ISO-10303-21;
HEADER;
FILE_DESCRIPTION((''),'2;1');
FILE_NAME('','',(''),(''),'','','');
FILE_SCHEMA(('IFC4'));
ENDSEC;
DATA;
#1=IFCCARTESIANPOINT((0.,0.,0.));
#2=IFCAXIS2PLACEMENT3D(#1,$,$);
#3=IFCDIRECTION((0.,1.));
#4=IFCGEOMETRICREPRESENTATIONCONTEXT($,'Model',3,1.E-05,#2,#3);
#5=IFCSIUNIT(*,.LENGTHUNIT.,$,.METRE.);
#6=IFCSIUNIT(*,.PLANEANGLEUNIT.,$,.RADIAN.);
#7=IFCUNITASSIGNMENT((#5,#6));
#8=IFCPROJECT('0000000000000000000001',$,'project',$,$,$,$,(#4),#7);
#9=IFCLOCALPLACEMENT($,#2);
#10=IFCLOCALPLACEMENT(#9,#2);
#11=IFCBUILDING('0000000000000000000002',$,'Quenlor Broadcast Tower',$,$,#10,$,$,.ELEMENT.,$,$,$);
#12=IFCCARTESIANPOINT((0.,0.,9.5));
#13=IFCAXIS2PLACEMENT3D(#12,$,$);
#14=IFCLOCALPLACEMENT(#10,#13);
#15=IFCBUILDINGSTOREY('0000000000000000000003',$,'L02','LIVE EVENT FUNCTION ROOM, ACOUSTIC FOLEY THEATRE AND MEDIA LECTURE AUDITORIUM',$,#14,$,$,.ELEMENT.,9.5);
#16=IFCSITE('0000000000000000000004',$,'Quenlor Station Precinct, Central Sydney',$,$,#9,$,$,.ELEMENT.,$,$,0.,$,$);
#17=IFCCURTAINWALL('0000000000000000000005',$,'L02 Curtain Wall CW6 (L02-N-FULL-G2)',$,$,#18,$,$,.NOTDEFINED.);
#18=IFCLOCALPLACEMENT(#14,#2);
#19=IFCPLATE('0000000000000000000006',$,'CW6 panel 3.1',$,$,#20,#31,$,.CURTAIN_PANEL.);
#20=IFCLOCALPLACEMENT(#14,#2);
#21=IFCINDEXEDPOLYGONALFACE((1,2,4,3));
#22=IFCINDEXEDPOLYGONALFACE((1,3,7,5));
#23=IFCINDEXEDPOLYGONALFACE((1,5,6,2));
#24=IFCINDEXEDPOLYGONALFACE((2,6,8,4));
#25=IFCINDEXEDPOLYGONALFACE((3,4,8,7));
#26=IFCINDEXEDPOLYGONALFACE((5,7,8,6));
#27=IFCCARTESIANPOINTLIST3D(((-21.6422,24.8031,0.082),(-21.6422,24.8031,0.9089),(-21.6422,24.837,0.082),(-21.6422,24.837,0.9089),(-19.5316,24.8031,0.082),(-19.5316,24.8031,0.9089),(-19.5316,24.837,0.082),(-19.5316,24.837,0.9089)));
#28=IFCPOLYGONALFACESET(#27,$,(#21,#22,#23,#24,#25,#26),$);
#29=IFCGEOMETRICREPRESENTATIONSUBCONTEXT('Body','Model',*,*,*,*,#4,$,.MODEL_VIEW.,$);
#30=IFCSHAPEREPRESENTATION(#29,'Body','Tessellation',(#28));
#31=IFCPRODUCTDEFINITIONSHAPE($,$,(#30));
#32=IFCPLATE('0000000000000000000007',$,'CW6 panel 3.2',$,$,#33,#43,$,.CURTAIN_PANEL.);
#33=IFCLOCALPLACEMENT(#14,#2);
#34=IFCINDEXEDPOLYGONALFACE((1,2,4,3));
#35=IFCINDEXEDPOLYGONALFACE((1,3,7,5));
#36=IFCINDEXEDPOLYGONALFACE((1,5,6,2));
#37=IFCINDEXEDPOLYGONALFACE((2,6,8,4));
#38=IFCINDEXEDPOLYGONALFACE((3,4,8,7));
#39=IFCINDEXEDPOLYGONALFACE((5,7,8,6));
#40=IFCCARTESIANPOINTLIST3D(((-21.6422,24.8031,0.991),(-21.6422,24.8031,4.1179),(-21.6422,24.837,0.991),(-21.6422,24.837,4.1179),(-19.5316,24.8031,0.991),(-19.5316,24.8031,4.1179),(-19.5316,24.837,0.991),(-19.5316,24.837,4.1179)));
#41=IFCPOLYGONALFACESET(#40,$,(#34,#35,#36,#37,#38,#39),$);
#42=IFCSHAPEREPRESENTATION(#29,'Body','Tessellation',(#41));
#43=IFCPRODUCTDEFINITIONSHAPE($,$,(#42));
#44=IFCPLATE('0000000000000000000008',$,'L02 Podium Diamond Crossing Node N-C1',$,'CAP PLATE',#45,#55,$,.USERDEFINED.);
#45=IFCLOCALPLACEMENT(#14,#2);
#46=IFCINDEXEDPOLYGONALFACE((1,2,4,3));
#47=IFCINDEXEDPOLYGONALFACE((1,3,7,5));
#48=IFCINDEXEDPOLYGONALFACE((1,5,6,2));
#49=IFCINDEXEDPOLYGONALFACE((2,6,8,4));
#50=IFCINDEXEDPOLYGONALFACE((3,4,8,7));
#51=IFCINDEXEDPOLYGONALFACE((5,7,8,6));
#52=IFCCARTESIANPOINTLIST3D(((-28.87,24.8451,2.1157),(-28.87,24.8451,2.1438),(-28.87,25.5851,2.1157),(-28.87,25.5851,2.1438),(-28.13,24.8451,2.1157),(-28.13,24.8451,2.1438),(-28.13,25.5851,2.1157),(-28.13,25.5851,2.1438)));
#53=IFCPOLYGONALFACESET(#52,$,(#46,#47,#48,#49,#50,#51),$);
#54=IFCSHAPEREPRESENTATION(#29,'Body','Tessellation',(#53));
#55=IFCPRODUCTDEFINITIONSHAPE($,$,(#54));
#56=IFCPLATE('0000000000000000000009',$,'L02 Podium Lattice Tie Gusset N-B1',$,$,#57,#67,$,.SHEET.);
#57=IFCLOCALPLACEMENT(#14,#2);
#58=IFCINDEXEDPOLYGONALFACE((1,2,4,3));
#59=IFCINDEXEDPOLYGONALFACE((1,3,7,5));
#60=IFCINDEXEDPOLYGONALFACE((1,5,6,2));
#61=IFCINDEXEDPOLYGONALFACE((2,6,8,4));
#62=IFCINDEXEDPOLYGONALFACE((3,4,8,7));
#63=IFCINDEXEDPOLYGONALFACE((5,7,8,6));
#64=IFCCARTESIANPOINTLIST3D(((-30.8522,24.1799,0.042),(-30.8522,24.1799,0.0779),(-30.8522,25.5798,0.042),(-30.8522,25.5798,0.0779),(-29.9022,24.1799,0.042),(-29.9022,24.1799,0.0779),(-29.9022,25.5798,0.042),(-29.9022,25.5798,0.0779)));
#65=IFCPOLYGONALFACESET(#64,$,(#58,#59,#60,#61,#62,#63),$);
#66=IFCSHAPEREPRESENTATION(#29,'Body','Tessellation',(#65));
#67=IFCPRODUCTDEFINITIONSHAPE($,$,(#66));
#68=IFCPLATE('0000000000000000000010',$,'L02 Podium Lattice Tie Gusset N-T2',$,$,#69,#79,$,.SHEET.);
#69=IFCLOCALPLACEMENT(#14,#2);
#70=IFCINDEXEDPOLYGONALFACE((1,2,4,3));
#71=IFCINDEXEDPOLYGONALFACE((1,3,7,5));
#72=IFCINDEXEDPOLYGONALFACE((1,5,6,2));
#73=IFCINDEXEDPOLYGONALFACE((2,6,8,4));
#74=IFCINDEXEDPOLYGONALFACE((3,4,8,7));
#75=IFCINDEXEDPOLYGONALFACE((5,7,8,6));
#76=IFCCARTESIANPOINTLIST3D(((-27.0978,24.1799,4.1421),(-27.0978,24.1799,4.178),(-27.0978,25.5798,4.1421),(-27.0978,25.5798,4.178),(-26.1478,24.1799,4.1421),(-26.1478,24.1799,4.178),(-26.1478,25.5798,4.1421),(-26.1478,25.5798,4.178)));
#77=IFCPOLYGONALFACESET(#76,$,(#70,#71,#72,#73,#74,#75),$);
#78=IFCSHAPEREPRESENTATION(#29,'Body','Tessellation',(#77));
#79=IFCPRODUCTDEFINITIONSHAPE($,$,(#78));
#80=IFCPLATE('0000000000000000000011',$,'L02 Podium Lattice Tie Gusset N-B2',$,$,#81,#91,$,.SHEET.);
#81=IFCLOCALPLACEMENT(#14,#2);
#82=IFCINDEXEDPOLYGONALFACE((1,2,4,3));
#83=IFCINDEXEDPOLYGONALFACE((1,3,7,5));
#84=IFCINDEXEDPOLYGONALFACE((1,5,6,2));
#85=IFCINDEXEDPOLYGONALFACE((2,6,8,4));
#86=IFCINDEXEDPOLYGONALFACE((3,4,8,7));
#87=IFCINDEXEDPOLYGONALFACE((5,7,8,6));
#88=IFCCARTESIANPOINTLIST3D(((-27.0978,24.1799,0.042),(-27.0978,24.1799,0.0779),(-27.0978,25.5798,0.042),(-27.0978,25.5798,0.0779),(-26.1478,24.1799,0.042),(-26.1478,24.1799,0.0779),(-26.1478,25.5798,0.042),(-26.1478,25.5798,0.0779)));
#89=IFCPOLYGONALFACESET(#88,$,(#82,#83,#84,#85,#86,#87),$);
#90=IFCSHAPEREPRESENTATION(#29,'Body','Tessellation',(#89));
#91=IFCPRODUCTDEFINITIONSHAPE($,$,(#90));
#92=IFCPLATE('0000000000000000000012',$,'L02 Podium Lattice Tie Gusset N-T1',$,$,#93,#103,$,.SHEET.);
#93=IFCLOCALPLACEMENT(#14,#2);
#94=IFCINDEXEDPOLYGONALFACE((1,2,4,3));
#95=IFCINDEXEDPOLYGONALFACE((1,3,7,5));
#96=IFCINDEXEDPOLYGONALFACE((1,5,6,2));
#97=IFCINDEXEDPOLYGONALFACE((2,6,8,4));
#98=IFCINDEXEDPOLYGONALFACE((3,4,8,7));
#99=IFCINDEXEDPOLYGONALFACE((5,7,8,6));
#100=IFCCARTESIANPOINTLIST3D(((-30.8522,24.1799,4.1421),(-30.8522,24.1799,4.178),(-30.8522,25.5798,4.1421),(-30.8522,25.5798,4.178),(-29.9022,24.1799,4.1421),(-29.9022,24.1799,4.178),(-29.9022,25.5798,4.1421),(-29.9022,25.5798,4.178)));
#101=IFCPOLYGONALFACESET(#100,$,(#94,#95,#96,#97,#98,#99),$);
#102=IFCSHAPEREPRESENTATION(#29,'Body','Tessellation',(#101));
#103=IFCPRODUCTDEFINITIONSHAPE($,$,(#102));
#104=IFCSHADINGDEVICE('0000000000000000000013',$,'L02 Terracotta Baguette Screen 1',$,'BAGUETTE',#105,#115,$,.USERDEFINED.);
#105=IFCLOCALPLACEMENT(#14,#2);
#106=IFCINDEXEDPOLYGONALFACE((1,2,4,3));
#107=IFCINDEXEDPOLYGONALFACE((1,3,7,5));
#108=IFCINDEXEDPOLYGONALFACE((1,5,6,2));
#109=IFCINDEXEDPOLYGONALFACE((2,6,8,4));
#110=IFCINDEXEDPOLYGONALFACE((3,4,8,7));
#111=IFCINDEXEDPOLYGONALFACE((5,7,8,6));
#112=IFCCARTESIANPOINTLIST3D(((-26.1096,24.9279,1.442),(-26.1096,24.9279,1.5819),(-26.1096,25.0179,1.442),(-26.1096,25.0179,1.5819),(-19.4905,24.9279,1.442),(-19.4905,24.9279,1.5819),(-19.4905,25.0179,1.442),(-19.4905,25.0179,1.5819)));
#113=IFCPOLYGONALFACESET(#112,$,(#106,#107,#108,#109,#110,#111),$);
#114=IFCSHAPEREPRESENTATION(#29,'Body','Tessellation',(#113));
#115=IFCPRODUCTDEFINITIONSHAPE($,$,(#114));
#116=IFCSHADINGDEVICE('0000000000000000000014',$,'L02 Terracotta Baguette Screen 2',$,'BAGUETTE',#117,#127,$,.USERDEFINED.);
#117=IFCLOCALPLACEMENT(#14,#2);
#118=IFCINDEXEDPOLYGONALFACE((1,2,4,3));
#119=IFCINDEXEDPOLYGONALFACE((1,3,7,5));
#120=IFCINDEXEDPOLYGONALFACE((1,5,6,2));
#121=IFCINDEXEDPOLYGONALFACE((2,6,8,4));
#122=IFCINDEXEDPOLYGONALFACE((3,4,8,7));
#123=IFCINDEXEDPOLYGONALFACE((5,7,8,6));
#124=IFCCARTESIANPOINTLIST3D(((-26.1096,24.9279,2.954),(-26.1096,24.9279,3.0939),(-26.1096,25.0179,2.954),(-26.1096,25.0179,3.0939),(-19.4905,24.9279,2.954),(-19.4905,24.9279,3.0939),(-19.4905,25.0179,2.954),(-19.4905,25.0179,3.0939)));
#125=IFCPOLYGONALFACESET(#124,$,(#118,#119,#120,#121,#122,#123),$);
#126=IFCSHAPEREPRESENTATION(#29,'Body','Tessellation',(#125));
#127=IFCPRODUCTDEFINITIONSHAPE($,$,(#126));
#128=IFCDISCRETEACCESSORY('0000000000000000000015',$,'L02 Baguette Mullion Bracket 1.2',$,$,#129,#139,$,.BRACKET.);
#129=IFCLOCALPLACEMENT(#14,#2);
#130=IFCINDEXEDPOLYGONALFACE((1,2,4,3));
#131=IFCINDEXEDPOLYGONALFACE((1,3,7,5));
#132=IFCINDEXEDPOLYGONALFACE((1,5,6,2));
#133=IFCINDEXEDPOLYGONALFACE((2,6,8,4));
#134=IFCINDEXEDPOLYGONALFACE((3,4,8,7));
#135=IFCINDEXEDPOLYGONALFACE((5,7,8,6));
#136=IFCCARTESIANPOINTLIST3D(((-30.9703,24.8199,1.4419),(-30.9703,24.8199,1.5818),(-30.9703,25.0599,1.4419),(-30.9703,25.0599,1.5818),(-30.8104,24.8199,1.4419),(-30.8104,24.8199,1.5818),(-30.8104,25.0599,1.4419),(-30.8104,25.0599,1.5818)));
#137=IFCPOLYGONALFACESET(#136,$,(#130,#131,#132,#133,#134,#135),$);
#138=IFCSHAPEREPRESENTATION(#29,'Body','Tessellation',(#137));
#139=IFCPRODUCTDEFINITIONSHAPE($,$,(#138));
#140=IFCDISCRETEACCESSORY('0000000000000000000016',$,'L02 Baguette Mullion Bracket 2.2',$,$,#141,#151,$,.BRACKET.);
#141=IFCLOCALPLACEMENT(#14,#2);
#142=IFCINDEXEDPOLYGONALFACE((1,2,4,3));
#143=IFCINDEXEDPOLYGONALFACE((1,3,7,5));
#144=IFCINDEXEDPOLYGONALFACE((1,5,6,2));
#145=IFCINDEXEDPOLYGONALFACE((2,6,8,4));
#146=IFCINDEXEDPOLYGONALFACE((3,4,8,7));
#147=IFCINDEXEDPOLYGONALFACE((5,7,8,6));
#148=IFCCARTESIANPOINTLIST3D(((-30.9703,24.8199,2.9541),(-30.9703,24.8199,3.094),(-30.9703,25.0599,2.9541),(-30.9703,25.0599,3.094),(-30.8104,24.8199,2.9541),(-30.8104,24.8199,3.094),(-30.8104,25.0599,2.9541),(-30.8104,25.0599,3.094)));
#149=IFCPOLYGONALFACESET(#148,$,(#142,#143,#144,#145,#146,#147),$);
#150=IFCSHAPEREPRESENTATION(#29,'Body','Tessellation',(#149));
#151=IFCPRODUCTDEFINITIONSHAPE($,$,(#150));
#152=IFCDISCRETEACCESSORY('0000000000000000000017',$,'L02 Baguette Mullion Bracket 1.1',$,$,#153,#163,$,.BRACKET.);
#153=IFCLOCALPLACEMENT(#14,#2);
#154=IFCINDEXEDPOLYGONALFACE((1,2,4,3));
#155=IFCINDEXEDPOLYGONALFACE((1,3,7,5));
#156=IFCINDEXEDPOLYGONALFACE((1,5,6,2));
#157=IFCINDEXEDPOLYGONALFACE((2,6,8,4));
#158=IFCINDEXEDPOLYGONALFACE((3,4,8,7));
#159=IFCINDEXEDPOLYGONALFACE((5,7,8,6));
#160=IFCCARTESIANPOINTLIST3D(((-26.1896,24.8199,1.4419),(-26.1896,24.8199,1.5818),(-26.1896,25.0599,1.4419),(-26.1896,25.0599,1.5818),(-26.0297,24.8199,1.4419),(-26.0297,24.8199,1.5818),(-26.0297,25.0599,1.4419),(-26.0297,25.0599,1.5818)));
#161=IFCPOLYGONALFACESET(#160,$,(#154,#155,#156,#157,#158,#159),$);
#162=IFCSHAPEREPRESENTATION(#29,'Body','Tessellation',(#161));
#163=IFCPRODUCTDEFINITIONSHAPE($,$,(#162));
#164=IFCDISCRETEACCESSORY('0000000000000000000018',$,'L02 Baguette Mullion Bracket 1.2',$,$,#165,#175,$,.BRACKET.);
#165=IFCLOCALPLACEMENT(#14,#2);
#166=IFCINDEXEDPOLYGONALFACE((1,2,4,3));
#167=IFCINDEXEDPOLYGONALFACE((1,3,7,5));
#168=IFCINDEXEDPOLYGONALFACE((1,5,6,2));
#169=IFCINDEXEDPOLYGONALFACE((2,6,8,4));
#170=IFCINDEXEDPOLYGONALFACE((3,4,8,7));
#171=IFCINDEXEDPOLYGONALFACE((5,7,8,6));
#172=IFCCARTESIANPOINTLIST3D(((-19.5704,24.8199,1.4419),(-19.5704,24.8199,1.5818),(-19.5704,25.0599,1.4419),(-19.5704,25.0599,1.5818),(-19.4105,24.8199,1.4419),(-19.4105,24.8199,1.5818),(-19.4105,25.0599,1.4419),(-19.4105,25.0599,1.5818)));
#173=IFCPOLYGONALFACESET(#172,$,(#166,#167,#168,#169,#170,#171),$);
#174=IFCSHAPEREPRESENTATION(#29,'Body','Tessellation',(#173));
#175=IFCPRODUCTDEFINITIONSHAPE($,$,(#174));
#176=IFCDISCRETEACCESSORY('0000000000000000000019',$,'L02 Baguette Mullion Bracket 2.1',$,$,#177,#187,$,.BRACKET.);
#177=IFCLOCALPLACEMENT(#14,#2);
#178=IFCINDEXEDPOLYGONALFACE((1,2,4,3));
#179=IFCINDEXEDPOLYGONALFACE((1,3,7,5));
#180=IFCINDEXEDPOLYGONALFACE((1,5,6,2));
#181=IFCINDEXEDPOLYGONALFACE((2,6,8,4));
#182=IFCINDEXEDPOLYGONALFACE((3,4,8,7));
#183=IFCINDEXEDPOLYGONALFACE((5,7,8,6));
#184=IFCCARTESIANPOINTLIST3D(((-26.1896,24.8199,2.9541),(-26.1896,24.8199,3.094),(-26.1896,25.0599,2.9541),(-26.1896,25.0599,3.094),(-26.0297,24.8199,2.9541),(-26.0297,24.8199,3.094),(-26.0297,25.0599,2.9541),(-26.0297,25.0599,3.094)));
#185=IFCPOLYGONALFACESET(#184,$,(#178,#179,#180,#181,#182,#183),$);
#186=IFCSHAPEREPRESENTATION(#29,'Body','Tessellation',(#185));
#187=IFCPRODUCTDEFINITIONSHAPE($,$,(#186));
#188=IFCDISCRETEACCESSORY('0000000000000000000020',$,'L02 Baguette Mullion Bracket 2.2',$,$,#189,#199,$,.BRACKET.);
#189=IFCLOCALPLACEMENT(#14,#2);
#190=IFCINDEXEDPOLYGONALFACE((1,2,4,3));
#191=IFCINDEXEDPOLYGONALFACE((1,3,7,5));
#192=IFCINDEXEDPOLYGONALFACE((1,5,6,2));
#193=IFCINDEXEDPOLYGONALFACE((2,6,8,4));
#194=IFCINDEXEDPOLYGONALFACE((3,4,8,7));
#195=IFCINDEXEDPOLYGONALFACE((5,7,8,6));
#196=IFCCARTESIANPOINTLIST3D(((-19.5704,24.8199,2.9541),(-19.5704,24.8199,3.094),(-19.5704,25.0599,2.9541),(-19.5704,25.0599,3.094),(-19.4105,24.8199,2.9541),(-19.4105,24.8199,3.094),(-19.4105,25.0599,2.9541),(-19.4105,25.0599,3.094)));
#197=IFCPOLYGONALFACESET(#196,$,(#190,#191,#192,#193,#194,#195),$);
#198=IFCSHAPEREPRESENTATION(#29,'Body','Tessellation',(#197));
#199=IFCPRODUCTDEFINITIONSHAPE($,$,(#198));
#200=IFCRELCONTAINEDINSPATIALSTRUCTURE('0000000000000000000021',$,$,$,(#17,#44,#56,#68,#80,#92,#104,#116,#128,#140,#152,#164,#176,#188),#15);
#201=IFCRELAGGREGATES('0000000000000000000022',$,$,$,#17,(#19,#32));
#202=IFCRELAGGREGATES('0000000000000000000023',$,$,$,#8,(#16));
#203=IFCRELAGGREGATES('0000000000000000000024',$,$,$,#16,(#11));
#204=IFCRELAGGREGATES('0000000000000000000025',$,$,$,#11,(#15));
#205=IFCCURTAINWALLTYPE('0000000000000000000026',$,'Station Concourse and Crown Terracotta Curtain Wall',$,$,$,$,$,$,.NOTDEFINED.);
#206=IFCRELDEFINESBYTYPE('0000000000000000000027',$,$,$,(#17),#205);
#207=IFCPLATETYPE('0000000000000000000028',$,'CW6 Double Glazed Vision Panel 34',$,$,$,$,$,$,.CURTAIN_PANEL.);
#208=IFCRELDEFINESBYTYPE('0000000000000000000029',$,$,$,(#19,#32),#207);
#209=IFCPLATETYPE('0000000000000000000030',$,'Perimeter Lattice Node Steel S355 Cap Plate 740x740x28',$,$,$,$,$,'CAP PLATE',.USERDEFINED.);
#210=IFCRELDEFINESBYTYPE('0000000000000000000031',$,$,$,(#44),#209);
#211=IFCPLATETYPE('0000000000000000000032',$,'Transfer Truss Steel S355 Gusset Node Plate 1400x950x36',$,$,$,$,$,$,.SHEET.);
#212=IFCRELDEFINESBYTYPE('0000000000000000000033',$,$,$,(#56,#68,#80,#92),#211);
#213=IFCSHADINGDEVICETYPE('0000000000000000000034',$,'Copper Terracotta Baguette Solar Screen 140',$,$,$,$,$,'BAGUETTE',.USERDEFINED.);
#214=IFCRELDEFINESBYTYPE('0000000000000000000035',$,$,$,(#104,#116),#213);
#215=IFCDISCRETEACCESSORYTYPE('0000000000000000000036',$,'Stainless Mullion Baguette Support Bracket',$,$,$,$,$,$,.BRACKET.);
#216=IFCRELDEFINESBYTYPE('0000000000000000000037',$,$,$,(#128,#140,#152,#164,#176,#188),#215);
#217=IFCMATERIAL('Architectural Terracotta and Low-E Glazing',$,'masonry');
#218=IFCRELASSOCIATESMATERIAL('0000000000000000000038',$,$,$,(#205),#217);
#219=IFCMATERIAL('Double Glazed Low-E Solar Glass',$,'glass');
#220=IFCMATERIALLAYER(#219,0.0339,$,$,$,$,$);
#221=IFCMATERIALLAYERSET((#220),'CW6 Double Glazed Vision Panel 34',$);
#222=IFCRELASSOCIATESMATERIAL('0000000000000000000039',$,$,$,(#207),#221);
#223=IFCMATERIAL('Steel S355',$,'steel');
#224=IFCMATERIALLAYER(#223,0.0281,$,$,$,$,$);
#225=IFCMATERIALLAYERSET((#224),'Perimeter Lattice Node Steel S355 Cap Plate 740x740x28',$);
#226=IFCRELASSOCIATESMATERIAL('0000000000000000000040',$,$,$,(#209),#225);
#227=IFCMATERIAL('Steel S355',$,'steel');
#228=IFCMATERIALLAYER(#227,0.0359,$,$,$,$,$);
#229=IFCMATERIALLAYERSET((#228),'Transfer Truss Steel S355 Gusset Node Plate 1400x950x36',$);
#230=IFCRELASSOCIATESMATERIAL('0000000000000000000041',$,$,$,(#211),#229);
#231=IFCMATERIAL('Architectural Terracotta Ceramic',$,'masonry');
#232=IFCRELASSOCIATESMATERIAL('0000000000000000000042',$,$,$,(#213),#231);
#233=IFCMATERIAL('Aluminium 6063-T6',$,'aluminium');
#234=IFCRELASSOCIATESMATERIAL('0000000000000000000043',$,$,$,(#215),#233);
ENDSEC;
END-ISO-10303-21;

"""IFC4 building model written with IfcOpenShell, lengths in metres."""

from ifc_helpers import new_model, si_unit, direction, frame, origin, origin_2d, place, context, subcontext, project, spatial, rectangle, extrude, material, layer, layer_set, material_profile, profile_set, type_object, element, aggregate, save


model = new_model("IFC4")

# Units and contexts
model_context = context("Model", 3, precision=1e-05, world=origin(), true_north=direction((0.0, 1.0)))
body_context = subcontext(model_context, "Body", "Model", "MODEL_VIEW")
ifc_project = project(units=[si_unit("LENGTHUNIT", "METRE"), si_unit("PLANEANGLEUNIT", "RADIAN")], contexts=[model_context])

# Site, building, storey
site_placement = place(None, origin())
site = spatial("IfcSite", under=ifc_project, at=site_placement, Name="Quenlor Station Precinct, Central Sydney", CompositionType="ELEMENT", RefElevation=0.0)
building_placement = place(site_placement, origin())
building = spatial("IfcBuilding", under=site, at=building_placement, Name="Quenlor Broadcast Tower", CompositionType="ELEMENT")
storey_placement = place(building_placement, frame((0.0, 0.0, 9.5)))
storey = spatial("IfcBuildingStorey", under=building, at=storey_placement, Name="L02", Description="LIVE EVENT FUNCTION ROOM, ACOUSTIC FOLEY THEATRE AND MEDIA LECTURE AUDITORIUM", CompositionType="ELEMENT", Elevation=9.5)

# Curtain wall
ifc_material_1 = material(Name="Architectural Terracotta and Low-E Glazing", Category="masonry")
curtain_wall_type = type_object("IfcCurtainWallType", Name="Station Concourse and Crown Terracotta Curtain Wall", PredefinedType="NOTDEFINED", material=ifc_material_1)
curtain_wall_placement = place(storey_placement, origin())
curtain_wall = element("IfcCurtainWall", 1, at=curtain_wall_placement, inside=storey, type_object=curtain_wall_type, Name="L02 Curtain Wall CW6 (L02-N-FULL-G2)", PredefinedType="NOTDEFINED")

# Plates
ifc_material_2 = material(Name="Double Glazed Low-E Solar Glass", Category="glass")
ifc_layer_1 = layer(ifc_material_2, 0.0339)
ifc_layer_set_1 = layer_set([ifc_layer_1], Name="CW6 Double Glazed Vision Panel 34")
plate_type_1 = type_object("IfcPlateType", Name="CW6 Double Glazed Vision Panel 34", PredefinedType="CURTAIN_PANEL", material=ifc_layer_set_1)
plate_1_placement = place(storey_placement, frame((-20.5869, 24.8201, 0.082), z_axis=(0.0, 0.0, 1.0), x_axis=(1.0, 0.0, 0.0)))
plate_1 = element("IfcPlate", 2, at=plate_1_placement, type_object=plate_type_1, Name="CW6 panel 3.1", PredefinedType="CURTAIN_PANEL", context=body_context, shape_type="SweptSolid", body=[
    extrude(rectangle(XDim=2.1106, YDim=0.0339, at=origin_2d()), origin(), (0.0, 0.0, 1.0), 0.8269),
])
plate_2_placement = place(storey_placement, frame((-20.5869, 24.8201, 0.991), z_axis=(0.0, 0.0, 1.0), x_axis=(1.0, 0.0, 0.0)))
plate_2 = element("IfcPlate", 3, at=plate_2_placement, type_object=plate_type_1, Name="CW6 panel 3.2", PredefinedType="CURTAIN_PANEL", context=body_context, shape_type="SweptSolid", body=[
    extrude(rectangle(XDim=2.1106, YDim=0.0339, at=origin_2d()), origin(), (0.0, 0.0, 1.0), 3.127),
])
aggregate(curtain_wall, [plate_1, plate_2])

# Plates
ifc_material_3 = material(Name="Steel S355", Category="steel")
ifc_layer_2 = layer(ifc_material_3, 0.0281)
ifc_layer_set_2 = layer_set([ifc_layer_2], Name="Perimeter Lattice Node Steel S355 Cap Plate 740x740x28")
plate_type_2 = type_object("IfcPlateType", Name="Perimeter Lattice Node Steel S355 Cap Plate 740x740x28", ElementType="CAP PLATE", PredefinedType="USERDEFINED", material=ifc_layer_set_2)
plate_3_placement = place(storey_placement, frame((-28.5, 25.2151, 2.1157), z_axis=(0.0, 0.0, 1.0), x_axis=(1.0, 0.0, 0.0)))
element("IfcPlate", 4, at=plate_3_placement, inside=storey, type_object=plate_type_2, Name="L02 Podium Diamond Crossing Node N-C1", ObjectType="CAP PLATE", PredefinedType="USERDEFINED", context=body_context, shape_type="SweptSolid", body=[
    extrude(rectangle(XDim=0.74, YDim=0.74, at=origin_2d()), origin(), (0.0, 0.0, 1.0), 0.0281),
])
ifc_material_4 = material(Name="Steel S355", Category="steel")
ifc_layer_3 = layer(ifc_material_4, 0.0359)
ifc_layer_set_3 = layer_set([ifc_layer_3], Name="Transfer Truss Steel S355 Gusset Node Plate 1400x950x36")
plate_type_3 = type_object("IfcPlateType", Name="Transfer Truss Steel S355 Gusset Node Plate 1400x950x36", PredefinedType="SHEET", material=ifc_layer_set_3)
for number, where, z_axis, x_axis, name in (
    (5, (-30.3772, 24.8799, 0.042), (0.0, 0.0, 1.0), (0.0, 1.0, 0.0), "L02 Podium Lattice Tie Gusset N-B1"),
    (6, (-26.6228, 24.8799, 4.1421), (0.0, 0.0, 1.0), (0.0, 1.0, 0.0), "L02 Podium Lattice Tie Gusset N-T2"),
    (7, (-26.6228, 24.8799, 0.042), (0.0, 0.0, 1.0), (0.0, 1.0, 0.0), "L02 Podium Lattice Tie Gusset N-B2"),
    (8, (-30.3772, 24.8799, 4.1421), (0.0, 0.0, 1.0), (0.0, 1.0, 0.0), "L02 Podium Lattice Tie Gusset N-T1"),
):
    element("IfcPlate", number, at=place(storey_placement, frame(where, z_axis=z_axis, x_axis=x_axis)), inside=storey, type_object=plate_type_3, Name=name, PredefinedType="SHEET", context=body_context, shape_type="SweptSolid", body=[
        extrude(rectangle(XDim=1.3999, YDim=0.95, at=origin_2d()), origin(), (0.0, 0.0, 1.0), 0.0359),
    ])

# Shading devices
ifc_material_5 = material(Name="Architectural Terracotta Ceramic", Category="masonry")
ifc_material_profile_1 = material_profile(ifc_material_5, rectangle(XDim=0.0901, YDim=0.1399, at=origin_2d()))
ifc_profile_set_1 = profile_set([ifc_material_profile_1], Name="Architectural Terracotta Ceramic BAG90x140")
shading_device_type = type_object("IfcShadingDeviceType", Name="Copper Terracotta Baguette Solar Screen 140", ElementType="BAGUETTE", PredefinedType="USERDEFINED", material=ifc_profile_set_1)
for number, where, z_axis, x_axis, name in (
    (9, (-26.1096, 24.9729, 1.512), (1.0, 0.0, 0.0), (0.0, 1.0, 0.0), "L02 Terracotta Baguette Screen 1"),
    (10, (-26.1096, 24.9729, 3.0239), (1.0, 0.0, 0.0), (0.0, 1.0, 0.0), "L02 Terracotta Baguette Screen 2"),
):
    element("IfcShadingDevice", number, at=place(storey_placement, frame(where, z_axis=z_axis, x_axis=x_axis)), inside=storey, type_object=shading_device_type, Name=name, ObjectType="BAGUETTE", PredefinedType="USERDEFINED", context=body_context, shape_type="SweptSolid", body=[
        extrude(rectangle(XDim=0.0901, YDim=0.1399, at=origin_2d()), origin(), (0.0, 0.0, 1.0), 6.6191),
    ])

# Discrete accessories
ifc_material_6 = material(Name="Aluminium 6063-T6", Category="aluminium")
discrete_accessory_type = type_object("IfcDiscreteAccessoryType", Name="Stainless Mullion Baguette Support Bracket", PredefinedType="BRACKET", material=ifc_material_6)
for number, where, z_axis, x_axis, name in (
    (11, (-30.8904, 24.9399, 1.4419), (0.0, 0.0, 1.0), (1.0, 0.0, 0.0), "L02 Baguette Mullion Bracket 1.2"),
    (12, (-30.8904, 24.9399, 2.9541), (0.0, 0.0, 1.0), (1.0, 0.0, 0.0), "L02 Baguette Mullion Bracket 2.2"),
    (13, (-26.1096, 24.9399, 1.4419), (0.0, 0.0, 1.0), (1.0, 0.0, 0.0), "L02 Baguette Mullion Bracket 1.1"),
    (14, (-19.4905, 24.9399, 1.4419), (0.0, 0.0, 1.0), (1.0, 0.0, 0.0), "L02 Baguette Mullion Bracket 1.2"),
    (15, (-26.1096, 24.9399, 2.9541), (0.0, 0.0, 1.0), (1.0, 0.0, 0.0), "L02 Baguette Mullion Bracket 2.1"),
    (16, (-19.4905, 24.9399, 2.9541), (0.0, 0.0, 1.0), (1.0, 0.0, 0.0), "L02 Baguette Mullion Bracket 2.2"),
):
    element("IfcDiscreteAccessory", number, at=place(storey_placement, frame(where, z_axis=z_axis, x_axis=x_axis)), inside=storey, type_object=discrete_accessory_type, Name=name, PredefinedType="BRACKET", context=body_context, shape_type="SweptSolid", body=[
        extrude(rectangle(XDim=0.1599, YDim=0.24, at=origin_2d()), origin(), (0.0, 0.0, 1.0), 0.1399),
    ])

save(model, "model.ifc")
